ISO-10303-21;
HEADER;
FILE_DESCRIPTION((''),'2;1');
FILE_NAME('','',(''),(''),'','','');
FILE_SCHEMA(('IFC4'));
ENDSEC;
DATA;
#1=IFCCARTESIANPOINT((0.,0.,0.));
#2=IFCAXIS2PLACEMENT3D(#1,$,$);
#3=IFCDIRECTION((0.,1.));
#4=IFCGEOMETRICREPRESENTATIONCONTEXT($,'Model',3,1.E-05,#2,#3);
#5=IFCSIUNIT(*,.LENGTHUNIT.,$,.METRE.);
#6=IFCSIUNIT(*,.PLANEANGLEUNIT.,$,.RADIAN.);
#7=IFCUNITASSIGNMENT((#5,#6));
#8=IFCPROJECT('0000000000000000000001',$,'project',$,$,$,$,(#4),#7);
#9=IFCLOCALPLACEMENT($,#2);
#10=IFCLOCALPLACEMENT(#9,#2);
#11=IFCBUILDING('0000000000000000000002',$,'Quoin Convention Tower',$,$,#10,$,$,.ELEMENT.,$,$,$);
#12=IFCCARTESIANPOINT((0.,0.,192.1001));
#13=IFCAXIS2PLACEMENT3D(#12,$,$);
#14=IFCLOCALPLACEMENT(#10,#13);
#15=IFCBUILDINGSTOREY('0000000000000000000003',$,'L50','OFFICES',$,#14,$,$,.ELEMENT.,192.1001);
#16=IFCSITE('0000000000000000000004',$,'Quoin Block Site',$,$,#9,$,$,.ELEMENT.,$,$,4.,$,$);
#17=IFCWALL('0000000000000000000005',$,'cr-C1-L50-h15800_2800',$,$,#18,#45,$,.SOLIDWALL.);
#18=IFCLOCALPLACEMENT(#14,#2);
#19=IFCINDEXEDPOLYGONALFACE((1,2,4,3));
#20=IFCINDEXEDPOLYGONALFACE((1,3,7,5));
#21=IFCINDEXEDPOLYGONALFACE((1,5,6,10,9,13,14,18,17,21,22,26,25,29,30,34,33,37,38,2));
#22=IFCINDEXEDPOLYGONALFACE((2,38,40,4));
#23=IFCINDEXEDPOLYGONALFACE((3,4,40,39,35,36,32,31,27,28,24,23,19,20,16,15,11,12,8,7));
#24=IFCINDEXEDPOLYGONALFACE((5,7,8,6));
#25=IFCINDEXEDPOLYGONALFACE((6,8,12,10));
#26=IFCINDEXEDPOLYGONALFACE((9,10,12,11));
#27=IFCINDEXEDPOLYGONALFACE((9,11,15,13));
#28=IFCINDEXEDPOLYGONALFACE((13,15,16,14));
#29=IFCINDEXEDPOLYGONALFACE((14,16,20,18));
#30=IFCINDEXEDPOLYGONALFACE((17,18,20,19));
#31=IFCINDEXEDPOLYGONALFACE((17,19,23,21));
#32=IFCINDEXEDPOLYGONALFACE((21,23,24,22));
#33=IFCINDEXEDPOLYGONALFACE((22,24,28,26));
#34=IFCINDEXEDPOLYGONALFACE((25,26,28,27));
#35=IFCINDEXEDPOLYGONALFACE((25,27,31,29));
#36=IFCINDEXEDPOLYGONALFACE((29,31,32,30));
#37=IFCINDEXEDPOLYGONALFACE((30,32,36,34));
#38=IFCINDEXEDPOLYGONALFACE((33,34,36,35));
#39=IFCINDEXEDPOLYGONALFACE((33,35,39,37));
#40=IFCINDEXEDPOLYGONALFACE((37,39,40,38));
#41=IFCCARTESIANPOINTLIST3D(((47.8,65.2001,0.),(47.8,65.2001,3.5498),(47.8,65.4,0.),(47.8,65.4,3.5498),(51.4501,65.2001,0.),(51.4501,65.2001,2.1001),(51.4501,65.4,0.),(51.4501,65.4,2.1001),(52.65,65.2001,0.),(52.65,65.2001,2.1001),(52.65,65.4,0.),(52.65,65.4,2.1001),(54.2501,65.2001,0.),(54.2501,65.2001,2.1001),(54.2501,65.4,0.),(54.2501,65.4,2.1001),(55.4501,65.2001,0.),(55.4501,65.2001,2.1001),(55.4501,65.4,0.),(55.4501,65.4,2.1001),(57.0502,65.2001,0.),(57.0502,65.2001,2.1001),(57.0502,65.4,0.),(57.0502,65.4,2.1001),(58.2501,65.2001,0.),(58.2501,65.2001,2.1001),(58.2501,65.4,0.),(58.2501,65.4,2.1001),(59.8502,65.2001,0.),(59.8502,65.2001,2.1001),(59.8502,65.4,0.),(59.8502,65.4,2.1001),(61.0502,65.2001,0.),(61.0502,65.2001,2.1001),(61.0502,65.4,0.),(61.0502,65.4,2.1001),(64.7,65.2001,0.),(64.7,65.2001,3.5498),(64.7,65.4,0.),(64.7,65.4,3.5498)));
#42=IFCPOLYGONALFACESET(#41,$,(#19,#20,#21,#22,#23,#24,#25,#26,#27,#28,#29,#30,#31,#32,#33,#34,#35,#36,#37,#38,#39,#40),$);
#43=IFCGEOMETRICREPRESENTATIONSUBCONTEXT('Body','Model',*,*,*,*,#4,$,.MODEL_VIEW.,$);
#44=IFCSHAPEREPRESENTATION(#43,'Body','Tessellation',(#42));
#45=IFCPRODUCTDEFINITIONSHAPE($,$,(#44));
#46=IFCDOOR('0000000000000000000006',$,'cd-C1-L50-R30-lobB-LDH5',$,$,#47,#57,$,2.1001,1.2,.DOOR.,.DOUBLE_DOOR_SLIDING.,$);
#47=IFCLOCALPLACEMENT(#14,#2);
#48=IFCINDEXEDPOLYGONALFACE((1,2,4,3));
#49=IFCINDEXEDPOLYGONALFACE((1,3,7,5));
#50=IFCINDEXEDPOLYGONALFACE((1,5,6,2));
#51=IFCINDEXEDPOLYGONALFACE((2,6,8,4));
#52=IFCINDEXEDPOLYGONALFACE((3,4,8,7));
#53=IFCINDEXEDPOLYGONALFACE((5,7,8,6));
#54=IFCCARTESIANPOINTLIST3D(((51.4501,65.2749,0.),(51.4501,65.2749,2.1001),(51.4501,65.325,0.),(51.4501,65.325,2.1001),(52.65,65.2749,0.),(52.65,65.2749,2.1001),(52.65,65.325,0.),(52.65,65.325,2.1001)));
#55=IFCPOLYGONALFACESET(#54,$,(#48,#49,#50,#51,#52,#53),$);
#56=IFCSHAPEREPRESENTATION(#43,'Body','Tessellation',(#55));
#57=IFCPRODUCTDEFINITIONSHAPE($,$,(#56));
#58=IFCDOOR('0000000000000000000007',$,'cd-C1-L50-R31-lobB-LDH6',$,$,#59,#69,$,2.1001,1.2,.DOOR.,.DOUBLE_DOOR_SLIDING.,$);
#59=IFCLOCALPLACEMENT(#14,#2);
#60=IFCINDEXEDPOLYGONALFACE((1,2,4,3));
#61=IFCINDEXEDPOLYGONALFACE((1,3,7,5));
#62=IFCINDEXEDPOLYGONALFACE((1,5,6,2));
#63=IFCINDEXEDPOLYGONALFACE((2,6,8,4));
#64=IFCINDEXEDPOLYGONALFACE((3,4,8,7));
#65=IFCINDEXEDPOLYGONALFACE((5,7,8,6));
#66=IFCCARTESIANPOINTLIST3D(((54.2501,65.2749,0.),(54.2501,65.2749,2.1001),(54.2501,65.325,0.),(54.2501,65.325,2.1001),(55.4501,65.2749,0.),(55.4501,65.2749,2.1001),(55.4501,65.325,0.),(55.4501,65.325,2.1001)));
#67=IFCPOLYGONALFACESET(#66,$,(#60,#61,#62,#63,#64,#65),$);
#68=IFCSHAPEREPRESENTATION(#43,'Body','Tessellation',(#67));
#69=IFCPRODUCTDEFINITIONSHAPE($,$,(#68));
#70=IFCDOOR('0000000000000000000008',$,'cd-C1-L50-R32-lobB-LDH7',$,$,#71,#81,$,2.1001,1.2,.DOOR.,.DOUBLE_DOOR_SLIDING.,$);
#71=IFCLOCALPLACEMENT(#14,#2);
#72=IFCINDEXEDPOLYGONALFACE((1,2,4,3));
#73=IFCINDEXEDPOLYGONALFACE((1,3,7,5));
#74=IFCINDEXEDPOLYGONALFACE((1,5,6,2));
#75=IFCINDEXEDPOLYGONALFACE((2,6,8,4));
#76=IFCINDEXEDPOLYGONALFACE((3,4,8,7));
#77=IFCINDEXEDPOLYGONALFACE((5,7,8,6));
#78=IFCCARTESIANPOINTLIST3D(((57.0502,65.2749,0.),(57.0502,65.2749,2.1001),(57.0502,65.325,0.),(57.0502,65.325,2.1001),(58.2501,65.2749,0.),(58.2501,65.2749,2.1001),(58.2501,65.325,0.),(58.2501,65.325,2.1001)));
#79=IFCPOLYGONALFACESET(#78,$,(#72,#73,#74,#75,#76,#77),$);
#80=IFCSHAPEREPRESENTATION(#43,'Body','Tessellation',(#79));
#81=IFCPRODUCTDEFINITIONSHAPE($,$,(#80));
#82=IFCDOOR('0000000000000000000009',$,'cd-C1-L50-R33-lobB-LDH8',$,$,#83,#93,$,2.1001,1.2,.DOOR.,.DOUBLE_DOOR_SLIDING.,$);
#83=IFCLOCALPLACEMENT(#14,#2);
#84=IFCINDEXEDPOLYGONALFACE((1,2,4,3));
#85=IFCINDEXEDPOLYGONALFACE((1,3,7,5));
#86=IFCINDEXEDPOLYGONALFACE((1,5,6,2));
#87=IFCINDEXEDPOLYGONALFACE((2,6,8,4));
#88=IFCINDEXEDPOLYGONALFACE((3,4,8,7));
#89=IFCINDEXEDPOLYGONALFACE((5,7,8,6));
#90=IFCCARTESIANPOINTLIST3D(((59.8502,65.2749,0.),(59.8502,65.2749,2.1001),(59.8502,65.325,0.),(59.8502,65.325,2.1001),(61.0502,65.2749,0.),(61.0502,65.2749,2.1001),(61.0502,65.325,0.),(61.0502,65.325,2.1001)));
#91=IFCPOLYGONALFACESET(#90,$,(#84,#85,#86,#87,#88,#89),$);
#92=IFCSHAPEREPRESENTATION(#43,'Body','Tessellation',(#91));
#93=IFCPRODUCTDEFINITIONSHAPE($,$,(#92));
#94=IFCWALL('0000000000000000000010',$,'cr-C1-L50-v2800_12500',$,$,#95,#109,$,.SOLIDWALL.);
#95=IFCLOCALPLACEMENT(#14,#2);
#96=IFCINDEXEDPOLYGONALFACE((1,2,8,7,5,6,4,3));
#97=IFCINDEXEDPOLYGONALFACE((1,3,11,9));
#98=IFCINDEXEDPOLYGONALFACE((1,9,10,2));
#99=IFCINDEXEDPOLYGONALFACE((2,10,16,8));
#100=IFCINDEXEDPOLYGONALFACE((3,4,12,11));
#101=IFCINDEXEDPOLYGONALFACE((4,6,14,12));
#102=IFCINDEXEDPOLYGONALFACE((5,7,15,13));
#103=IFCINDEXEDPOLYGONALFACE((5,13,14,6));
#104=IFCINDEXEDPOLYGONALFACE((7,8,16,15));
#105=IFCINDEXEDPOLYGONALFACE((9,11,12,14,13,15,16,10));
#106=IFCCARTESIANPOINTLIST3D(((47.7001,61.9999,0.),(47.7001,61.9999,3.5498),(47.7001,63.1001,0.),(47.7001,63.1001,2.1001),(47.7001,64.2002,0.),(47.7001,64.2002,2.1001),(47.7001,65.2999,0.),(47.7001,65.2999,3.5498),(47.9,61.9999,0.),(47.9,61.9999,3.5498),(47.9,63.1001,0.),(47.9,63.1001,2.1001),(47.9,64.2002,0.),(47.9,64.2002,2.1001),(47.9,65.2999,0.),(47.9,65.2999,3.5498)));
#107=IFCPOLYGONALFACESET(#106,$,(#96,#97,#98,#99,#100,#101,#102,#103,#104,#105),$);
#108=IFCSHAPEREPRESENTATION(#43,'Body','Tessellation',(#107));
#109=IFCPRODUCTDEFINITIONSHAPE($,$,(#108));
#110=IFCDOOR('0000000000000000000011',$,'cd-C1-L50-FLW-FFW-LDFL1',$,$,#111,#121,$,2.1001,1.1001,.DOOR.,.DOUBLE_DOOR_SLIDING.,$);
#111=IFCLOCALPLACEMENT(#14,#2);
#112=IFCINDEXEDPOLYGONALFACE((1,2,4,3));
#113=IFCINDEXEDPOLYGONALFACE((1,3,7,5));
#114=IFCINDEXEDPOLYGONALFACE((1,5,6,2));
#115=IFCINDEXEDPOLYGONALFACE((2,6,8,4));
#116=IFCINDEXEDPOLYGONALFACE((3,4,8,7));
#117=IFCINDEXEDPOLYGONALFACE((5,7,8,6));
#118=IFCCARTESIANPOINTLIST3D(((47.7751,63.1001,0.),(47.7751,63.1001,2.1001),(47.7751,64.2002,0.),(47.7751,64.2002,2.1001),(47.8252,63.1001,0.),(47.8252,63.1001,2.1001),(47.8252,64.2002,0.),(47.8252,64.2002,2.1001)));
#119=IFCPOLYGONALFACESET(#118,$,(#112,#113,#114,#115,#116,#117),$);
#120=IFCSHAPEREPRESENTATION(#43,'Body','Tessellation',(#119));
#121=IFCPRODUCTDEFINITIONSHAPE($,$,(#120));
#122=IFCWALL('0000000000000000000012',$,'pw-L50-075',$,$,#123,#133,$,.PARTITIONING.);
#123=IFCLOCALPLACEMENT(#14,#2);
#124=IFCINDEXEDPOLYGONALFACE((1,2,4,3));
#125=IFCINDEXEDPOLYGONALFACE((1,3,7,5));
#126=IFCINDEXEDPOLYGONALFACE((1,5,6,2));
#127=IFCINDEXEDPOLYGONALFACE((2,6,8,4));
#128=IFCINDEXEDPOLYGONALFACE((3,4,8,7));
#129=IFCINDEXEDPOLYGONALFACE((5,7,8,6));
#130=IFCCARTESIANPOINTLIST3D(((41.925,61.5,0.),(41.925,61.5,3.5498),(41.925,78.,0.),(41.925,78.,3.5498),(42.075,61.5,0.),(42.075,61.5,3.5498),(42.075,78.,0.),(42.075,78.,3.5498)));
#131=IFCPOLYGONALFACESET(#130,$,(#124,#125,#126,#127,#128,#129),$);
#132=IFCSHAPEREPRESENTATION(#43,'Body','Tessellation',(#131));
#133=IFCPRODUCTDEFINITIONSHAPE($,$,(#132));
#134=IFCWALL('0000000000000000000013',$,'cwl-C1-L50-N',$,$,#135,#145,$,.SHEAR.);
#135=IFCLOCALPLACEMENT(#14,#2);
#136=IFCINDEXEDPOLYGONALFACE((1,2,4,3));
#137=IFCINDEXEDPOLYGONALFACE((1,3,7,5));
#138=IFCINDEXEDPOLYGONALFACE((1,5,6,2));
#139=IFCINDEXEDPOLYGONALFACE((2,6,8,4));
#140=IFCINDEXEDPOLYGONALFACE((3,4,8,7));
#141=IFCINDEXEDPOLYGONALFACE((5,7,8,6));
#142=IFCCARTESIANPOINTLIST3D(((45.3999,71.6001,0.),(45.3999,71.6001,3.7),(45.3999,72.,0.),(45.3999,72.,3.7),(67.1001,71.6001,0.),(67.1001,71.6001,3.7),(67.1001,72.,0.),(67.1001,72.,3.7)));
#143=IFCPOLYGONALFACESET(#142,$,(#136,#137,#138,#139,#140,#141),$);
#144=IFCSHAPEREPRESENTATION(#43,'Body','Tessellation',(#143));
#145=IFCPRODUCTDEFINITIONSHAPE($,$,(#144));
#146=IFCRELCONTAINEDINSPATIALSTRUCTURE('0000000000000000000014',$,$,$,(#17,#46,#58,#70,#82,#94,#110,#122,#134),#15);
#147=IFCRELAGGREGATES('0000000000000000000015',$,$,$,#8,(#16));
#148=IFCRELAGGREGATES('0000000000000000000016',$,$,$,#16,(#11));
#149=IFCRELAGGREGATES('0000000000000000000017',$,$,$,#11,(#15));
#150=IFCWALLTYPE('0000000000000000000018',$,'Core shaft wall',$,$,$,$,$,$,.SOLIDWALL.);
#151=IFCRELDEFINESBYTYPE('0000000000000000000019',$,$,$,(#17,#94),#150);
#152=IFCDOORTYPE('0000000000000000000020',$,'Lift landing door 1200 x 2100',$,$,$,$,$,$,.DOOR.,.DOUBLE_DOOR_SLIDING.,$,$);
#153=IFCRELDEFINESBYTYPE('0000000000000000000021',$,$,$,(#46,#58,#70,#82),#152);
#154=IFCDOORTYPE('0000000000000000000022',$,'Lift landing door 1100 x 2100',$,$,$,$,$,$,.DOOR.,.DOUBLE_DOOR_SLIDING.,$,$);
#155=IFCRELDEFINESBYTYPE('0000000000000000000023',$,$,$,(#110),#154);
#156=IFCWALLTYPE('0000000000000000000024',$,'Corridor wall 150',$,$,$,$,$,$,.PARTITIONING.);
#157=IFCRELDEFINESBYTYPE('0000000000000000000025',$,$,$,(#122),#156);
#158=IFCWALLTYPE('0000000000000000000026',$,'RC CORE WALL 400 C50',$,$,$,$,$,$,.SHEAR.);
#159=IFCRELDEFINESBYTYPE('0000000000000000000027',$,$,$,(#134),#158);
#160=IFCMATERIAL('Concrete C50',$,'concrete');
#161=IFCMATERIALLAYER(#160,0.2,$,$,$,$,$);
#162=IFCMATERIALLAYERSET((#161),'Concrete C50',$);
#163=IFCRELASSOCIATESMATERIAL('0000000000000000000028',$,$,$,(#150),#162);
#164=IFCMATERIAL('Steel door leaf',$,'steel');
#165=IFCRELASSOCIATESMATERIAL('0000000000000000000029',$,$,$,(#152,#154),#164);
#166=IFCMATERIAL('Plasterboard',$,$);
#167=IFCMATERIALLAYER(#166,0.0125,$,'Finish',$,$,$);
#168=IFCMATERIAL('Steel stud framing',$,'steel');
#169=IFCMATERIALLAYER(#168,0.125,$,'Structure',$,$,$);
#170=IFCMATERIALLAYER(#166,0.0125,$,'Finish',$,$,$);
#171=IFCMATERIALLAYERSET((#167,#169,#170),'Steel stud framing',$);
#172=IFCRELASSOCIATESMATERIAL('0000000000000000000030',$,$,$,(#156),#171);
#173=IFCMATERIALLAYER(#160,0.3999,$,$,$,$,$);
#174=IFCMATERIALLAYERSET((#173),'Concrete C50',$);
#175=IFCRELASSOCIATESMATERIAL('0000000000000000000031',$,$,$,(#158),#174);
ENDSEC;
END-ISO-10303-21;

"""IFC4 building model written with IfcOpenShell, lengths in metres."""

from ifc_helpers import new_model, si_unit, direction, frame, frame_2d, origin, place, context, subcontext, project, spatial, rectangle, extrude, material, layer, layer_set, type_object, element, fill, save


model = new_model("IFC4")

# Units and contexts
model_context = context("Model", 3, precision=1e-05, world=origin(), true_north=direction((0.0, 1.0)))
body_context = subcontext(model_context, "Body", "Model", "MODEL_VIEW")
ifc_project = project(units=[si_unit("LENGTHUNIT", "METRE"), si_unit("PLANEANGLEUNIT", "RADIAN")], contexts=[model_context])

# Site, building, storey
site_placement = place(None, origin())
site = spatial("IfcSite", under=ifc_project, at=site_placement, Name="Quoin Block Site", CompositionType="ELEMENT", RefElevation=4.0)
building_placement = place(site_placement, origin())
building = spatial("IfcBuilding", under=site, at=building_placement, Name="Quoin Convention Tower", CompositionType="ELEMENT")
storey_placement = place(building_placement, frame((0.0, 0.0, 192.1001)))
storey = spatial("IfcBuildingStorey", under=building, at=storey_placement, Name="L50", Description="OFFICES", CompositionType="ELEMENT", Elevation=192.1001)

# Shared definitions
ifc_material_1 = material(Name="Plasterboard")
ifc_material_2 = material(Name="Steel stud framing", Category="steel")

# Shared definitions
ifc_material_3 = material(Name="Steel door leaf", Category="steel")

# Shared definitions
ifc_material_4 = material(Name="Concrete C50", Category="concrete")
ifc_layer_1 = layer(ifc_material_4, 0.2)
ifc_layer_set_1 = layer_set([ifc_layer_1], Name="Concrete C50")
wall_type_1 = type_object("IfcWallType", Name="Core shaft wall", PredefinedType="SOLIDWALL", material=ifc_layer_set_1)

# Wall, openings, doors
wall_1_placement = place(storey_placement, frame((47.8, 65.3, 0.0), z_axis=(0.0, 0.0, 1.0), x_axis=(1.0, 0.0, 0.0)))
wall_1 = element("IfcWall", 1, at=wall_1_placement, inside=storey, type_object=wall_type_1, Name="cr-C1-L50-h15800_2800", PredefinedType="SOLIDWALL", context=body_context, shape_type="SweptSolid", body=[
    extrude(rectangle(XDim=16.8999, YDim=0.2, at=frame_2d((8.45, 0.0))), origin(), (0.0, 0.0, 1.0), 3.5498),
])
opening_1_placement = place(wall_1_placement, frame((3.6499, 0.0, 0.0)))
opening_1 = element("IfcOpeningElement", 2, at=opening_1_placement, cuts=wall_1, PredefinedType="OPENING", context=body_context, shape_type="SweptSolid", body=[
    extrude(rectangle(XDim=1.2, YDim=2.1001, at=frame_2d((0.6001, 1.05))), frame((0.0, 0.1099, 0.0), z_axis=(0.0, -1.0, 0.0), x_axis=(1.0, 0.0, 0.0)), (0.0, 0.0, 1.0), 0.22),
])
opening_2_placement = place(wall_1_placement, frame((6.45, 0.0, 0.0)))
opening_2 = element("IfcOpeningElement", 3, at=opening_2_placement, cuts=wall_1, PredefinedType="OPENING", context=body_context, shape_type="SweptSolid", body=[
    extrude(rectangle(XDim=1.2, YDim=2.1001, at=frame_2d((0.6001, 1.05))), frame((0.0, 0.1099, 0.0), z_axis=(0.0, -1.0, 0.0), x_axis=(1.0, 0.0, 0.0)), (0.0, 0.0, 1.0), 0.22),
])
opening_3_placement = place(wall_1_placement, frame((9.25, 0.0, 0.0)))
opening_3 = element("IfcOpeningElement", 4, at=opening_3_placement, cuts=wall_1, PredefinedType="OPENING", context=body_context, shape_type="SweptSolid", body=[
    extrude(rectangle(XDim=1.2, YDim=2.1001, at=frame_2d((0.6001, 1.05))), frame((0.0, 0.1099, 0.0), z_axis=(0.0, -1.0, 0.0), x_axis=(1.0, 0.0, 0.0)), (0.0, 0.0, 1.0), 0.22),
])
opening_4_placement = place(wall_1_placement, frame((12.05, 0.0, 0.0)))
opening_4 = element("IfcOpeningElement", 5, at=opening_4_placement, cuts=wall_1, PredefinedType="OPENING", context=body_context, shape_type="SweptSolid", body=[
    extrude(rectangle(XDim=1.2, YDim=2.1001, at=frame_2d((0.6001, 1.05))), frame((0.0, 0.1099, 0.0), z_axis=(0.0, -1.0, 0.0), x_axis=(1.0, 0.0, 0.0)), (0.0, 0.0, 1.0), 0.22),
])
door_type_1 = type_object("IfcDoorType", Name="Lift landing door 1200 x 2100", OperationType="DOUBLE_DOOR_SLIDING", PredefinedType="DOOR", material=ifc_material_3)
door_1_placement = place(opening_1_placement, origin())
door_1 = element("IfcDoor", 6, at=door_1_placement, inside=storey, type_object=door_type_1, Name="cd-C1-L50-R30-lobB-LDH5", OperationType="DOUBLE_DOOR_SLIDING", OverallHeight=2.1001, OverallWidth=1.2, PredefinedType="DOOR", context=body_context, shape_type="SweptSolid", body=[
    extrude(rectangle(XDim=1.2, YDim=2.1001, at=frame_2d((0.6001, 1.05))), frame((0.0, 0.0249, 0.0), z_axis=(0.0, -1.0, 0.0), x_axis=(1.0, 0.0, 0.0)), (0.0, 0.0, 1.0), 0.05),
])
fill(opening_1, door_1)
door_2_placement = place(opening_2_placement, origin())
door_2 = element("IfcDoor", 7, at=door_2_placement, inside=storey, type_object=door_type_1, Name="cd-C1-L50-R31-lobB-LDH6", OperationType="DOUBLE_DOOR_SLIDING", OverallHeight=2.1001, OverallWidth=1.2, PredefinedType="DOOR", context=body_context, shape_type="SweptSolid", body=[
    extrude(rectangle(XDim=1.2, YDim=2.1001, at=frame_2d((0.6001, 1.05))), frame((0.0, 0.0249, 0.0), z_axis=(0.0, -1.0, 0.0), x_axis=(1.0, 0.0, 0.0)), (0.0, 0.0, 1.0), 0.05),
])
fill(opening_2, door_2)
door_3_placement = place(opening_3_placement, origin())
door_3 = element("IfcDoor", 8, at=door_3_placement, inside=storey, type_object=door_type_1, Name="cd-C1-L50-R32-lobB-LDH7", OperationType="DOUBLE_DOOR_SLIDING", OverallHeight=2.1001, OverallWidth=1.2, PredefinedType="DOOR", context=body_context, shape_type="SweptSolid", body=[
    extrude(rectangle(XDim=1.2, YDim=2.1001, at=frame_2d((0.6001, 1.05))), frame((0.0, 0.0249, 0.0), z_axis=(0.0, -1.0, 0.0), x_axis=(1.0, 0.0, 0.0)), (0.0, 0.0, 1.0), 0.05),
])
fill(opening_3, door_3)
door_4_placement = place(opening_4_placement, origin())
door_4 = element("IfcDoor", 9, at=door_4_placement, inside=storey, type_object=door_type_1, Name="cd-C1-L50-R33-lobB-LDH8", OperationType="DOUBLE_DOOR_SLIDING", OverallHeight=2.1001, OverallWidth=1.2, PredefinedType="DOOR", context=body_context, shape_type="SweptSolid", body=[
    extrude(rectangle(XDim=1.2, YDim=2.1001, at=frame_2d((0.6001, 1.05))), frame((0.0, 0.0249, 0.0), z_axis=(0.0, -1.0, 0.0), x_axis=(1.0, 0.0, 0.0)), (0.0, 0.0, 1.0), 0.05),
])
fill(opening_4, door_4)

# Wall, opening, door
wall_2_placement = place(storey_placement, frame((47.8, 62.0, 0.0), z_axis=(0.0, 0.0, 1.0), x_axis=(0.0, 1.0, 0.0)))
wall_2 = element("IfcWall", 10, at=wall_2_placement, inside=storey, type_object=wall_type_1, Name="cr-C1-L50-v2800_12500", PredefinedType="SOLIDWALL", context=body_context, shape_type="SweptSolid", body=[
    extrude(rectangle(XDim=3.3, YDim=0.2, at=frame_2d((1.6499, 0.0))), origin(), (0.0, 0.0, 1.0), 3.5498),
])
opening_5_placement = place(wall_2_placement, frame((1.1001, 0.0, 0.0)))
opening_5 = element("IfcOpeningElement", 11, at=opening_5_placement, cuts=wall_2, PredefinedType="OPENING", context=body_context, shape_type="SweptSolid", body=[
    extrude(rectangle(XDim=1.1001, YDim=2.1001, at=frame_2d((0.55, 1.05))), frame((0.0, 0.1099, 0.0), z_axis=(0.0, -1.0, 0.0), x_axis=(1.0, 0.0, 0.0)), (0.0, 0.0, 1.0), 0.22),
])
door_type_2 = type_object("IfcDoorType", Name="Lift landing door 1100 x 2100", OperationType="DOUBLE_DOOR_SLIDING", PredefinedType="DOOR", material=ifc_material_3)
door_5_placement = place(opening_5_placement, origin())
door_5 = element("IfcDoor", 12, at=door_5_placement, inside=storey, type_object=door_type_2, Name="cd-C1-L50-FLW-FFW-LDFL1", OperationType="DOUBLE_DOOR_SLIDING", OverallHeight=2.1001, OverallWidth=1.1001, PredefinedType="DOOR", context=body_context, shape_type="SweptSolid", body=[
    extrude(rectangle(XDim=1.1001, YDim=2.1001, at=frame_2d((0.55, 1.05))), frame((0.0, 0.0249, 0.0), z_axis=(0.0, -1.0, 0.0), x_axis=(1.0, 0.0, 0.0)), (0.0, 0.0, 1.0), 0.05),
])
fill(opening_5, door_5)

# Walls
ifc_layer_2 = layer(ifc_material_1, 0.0125, Name="Finish")
ifc_layer_3 = layer(ifc_material_2, 0.125, Name="Structure")
ifc_layer_4 = layer(ifc_material_1, 0.0125, Name="Finish")
ifc_layer_set_2 = layer_set([ifc_layer_2, ifc_layer_3, ifc_layer_4], Name="Steel stud framing")
wall_type_2 = type_object("IfcWallType", Name="Corridor wall 150", PredefinedType="PARTITIONING", material=ifc_layer_set_2)
wall_3_placement = place(storey_placement, frame((42.0, 61.5, 0.0), z_axis=(0.0, 0.0, 1.0), x_axis=(0.0, 1.0, 0.0)))
element("IfcWall", 13, at=wall_3_placement, inside=storey, type_object=wall_type_2, Name="pw-L50-075", PredefinedType="PARTITIONING", context=body_context, shape_type="SweptSolid", body=[
    extrude(rectangle(XDim=16.5, YDim=0.1499, at=frame_2d((8.25, 0.0))), origin(), (0.0, 0.0, 1.0), 3.5498),
])
ifc_layer_5 = layer(ifc_material_4, 0.3999)
ifc_layer_set_3 = layer_set([ifc_layer_5], Name="Concrete C50")
wall_type_3 = type_object("IfcWallType", Name="RC CORE WALL 400 C50", PredefinedType="SHEAR", material=ifc_layer_set_3)
wall_4_placement = place(storey_placement, frame((45.3999, 71.8, 0.0), z_axis=(0.0, 0.0, 1.0), x_axis=(1.0, 0.0, 0.0)))
element("IfcWall", 14, at=wall_4_placement, inside=storey, type_object=wall_type_3, Name="cwl-C1-L50-N", PredefinedType="SHEAR", context=body_context, shape_type="SweptSolid", body=[
    extrude(rectangle(XDim=21.7002, YDim=0.3999, at=frame_2d((10.8501, 0.0))), origin(), (0.0, 0.0, 1.0), 3.7),
])

save(model, "model.ifc")
